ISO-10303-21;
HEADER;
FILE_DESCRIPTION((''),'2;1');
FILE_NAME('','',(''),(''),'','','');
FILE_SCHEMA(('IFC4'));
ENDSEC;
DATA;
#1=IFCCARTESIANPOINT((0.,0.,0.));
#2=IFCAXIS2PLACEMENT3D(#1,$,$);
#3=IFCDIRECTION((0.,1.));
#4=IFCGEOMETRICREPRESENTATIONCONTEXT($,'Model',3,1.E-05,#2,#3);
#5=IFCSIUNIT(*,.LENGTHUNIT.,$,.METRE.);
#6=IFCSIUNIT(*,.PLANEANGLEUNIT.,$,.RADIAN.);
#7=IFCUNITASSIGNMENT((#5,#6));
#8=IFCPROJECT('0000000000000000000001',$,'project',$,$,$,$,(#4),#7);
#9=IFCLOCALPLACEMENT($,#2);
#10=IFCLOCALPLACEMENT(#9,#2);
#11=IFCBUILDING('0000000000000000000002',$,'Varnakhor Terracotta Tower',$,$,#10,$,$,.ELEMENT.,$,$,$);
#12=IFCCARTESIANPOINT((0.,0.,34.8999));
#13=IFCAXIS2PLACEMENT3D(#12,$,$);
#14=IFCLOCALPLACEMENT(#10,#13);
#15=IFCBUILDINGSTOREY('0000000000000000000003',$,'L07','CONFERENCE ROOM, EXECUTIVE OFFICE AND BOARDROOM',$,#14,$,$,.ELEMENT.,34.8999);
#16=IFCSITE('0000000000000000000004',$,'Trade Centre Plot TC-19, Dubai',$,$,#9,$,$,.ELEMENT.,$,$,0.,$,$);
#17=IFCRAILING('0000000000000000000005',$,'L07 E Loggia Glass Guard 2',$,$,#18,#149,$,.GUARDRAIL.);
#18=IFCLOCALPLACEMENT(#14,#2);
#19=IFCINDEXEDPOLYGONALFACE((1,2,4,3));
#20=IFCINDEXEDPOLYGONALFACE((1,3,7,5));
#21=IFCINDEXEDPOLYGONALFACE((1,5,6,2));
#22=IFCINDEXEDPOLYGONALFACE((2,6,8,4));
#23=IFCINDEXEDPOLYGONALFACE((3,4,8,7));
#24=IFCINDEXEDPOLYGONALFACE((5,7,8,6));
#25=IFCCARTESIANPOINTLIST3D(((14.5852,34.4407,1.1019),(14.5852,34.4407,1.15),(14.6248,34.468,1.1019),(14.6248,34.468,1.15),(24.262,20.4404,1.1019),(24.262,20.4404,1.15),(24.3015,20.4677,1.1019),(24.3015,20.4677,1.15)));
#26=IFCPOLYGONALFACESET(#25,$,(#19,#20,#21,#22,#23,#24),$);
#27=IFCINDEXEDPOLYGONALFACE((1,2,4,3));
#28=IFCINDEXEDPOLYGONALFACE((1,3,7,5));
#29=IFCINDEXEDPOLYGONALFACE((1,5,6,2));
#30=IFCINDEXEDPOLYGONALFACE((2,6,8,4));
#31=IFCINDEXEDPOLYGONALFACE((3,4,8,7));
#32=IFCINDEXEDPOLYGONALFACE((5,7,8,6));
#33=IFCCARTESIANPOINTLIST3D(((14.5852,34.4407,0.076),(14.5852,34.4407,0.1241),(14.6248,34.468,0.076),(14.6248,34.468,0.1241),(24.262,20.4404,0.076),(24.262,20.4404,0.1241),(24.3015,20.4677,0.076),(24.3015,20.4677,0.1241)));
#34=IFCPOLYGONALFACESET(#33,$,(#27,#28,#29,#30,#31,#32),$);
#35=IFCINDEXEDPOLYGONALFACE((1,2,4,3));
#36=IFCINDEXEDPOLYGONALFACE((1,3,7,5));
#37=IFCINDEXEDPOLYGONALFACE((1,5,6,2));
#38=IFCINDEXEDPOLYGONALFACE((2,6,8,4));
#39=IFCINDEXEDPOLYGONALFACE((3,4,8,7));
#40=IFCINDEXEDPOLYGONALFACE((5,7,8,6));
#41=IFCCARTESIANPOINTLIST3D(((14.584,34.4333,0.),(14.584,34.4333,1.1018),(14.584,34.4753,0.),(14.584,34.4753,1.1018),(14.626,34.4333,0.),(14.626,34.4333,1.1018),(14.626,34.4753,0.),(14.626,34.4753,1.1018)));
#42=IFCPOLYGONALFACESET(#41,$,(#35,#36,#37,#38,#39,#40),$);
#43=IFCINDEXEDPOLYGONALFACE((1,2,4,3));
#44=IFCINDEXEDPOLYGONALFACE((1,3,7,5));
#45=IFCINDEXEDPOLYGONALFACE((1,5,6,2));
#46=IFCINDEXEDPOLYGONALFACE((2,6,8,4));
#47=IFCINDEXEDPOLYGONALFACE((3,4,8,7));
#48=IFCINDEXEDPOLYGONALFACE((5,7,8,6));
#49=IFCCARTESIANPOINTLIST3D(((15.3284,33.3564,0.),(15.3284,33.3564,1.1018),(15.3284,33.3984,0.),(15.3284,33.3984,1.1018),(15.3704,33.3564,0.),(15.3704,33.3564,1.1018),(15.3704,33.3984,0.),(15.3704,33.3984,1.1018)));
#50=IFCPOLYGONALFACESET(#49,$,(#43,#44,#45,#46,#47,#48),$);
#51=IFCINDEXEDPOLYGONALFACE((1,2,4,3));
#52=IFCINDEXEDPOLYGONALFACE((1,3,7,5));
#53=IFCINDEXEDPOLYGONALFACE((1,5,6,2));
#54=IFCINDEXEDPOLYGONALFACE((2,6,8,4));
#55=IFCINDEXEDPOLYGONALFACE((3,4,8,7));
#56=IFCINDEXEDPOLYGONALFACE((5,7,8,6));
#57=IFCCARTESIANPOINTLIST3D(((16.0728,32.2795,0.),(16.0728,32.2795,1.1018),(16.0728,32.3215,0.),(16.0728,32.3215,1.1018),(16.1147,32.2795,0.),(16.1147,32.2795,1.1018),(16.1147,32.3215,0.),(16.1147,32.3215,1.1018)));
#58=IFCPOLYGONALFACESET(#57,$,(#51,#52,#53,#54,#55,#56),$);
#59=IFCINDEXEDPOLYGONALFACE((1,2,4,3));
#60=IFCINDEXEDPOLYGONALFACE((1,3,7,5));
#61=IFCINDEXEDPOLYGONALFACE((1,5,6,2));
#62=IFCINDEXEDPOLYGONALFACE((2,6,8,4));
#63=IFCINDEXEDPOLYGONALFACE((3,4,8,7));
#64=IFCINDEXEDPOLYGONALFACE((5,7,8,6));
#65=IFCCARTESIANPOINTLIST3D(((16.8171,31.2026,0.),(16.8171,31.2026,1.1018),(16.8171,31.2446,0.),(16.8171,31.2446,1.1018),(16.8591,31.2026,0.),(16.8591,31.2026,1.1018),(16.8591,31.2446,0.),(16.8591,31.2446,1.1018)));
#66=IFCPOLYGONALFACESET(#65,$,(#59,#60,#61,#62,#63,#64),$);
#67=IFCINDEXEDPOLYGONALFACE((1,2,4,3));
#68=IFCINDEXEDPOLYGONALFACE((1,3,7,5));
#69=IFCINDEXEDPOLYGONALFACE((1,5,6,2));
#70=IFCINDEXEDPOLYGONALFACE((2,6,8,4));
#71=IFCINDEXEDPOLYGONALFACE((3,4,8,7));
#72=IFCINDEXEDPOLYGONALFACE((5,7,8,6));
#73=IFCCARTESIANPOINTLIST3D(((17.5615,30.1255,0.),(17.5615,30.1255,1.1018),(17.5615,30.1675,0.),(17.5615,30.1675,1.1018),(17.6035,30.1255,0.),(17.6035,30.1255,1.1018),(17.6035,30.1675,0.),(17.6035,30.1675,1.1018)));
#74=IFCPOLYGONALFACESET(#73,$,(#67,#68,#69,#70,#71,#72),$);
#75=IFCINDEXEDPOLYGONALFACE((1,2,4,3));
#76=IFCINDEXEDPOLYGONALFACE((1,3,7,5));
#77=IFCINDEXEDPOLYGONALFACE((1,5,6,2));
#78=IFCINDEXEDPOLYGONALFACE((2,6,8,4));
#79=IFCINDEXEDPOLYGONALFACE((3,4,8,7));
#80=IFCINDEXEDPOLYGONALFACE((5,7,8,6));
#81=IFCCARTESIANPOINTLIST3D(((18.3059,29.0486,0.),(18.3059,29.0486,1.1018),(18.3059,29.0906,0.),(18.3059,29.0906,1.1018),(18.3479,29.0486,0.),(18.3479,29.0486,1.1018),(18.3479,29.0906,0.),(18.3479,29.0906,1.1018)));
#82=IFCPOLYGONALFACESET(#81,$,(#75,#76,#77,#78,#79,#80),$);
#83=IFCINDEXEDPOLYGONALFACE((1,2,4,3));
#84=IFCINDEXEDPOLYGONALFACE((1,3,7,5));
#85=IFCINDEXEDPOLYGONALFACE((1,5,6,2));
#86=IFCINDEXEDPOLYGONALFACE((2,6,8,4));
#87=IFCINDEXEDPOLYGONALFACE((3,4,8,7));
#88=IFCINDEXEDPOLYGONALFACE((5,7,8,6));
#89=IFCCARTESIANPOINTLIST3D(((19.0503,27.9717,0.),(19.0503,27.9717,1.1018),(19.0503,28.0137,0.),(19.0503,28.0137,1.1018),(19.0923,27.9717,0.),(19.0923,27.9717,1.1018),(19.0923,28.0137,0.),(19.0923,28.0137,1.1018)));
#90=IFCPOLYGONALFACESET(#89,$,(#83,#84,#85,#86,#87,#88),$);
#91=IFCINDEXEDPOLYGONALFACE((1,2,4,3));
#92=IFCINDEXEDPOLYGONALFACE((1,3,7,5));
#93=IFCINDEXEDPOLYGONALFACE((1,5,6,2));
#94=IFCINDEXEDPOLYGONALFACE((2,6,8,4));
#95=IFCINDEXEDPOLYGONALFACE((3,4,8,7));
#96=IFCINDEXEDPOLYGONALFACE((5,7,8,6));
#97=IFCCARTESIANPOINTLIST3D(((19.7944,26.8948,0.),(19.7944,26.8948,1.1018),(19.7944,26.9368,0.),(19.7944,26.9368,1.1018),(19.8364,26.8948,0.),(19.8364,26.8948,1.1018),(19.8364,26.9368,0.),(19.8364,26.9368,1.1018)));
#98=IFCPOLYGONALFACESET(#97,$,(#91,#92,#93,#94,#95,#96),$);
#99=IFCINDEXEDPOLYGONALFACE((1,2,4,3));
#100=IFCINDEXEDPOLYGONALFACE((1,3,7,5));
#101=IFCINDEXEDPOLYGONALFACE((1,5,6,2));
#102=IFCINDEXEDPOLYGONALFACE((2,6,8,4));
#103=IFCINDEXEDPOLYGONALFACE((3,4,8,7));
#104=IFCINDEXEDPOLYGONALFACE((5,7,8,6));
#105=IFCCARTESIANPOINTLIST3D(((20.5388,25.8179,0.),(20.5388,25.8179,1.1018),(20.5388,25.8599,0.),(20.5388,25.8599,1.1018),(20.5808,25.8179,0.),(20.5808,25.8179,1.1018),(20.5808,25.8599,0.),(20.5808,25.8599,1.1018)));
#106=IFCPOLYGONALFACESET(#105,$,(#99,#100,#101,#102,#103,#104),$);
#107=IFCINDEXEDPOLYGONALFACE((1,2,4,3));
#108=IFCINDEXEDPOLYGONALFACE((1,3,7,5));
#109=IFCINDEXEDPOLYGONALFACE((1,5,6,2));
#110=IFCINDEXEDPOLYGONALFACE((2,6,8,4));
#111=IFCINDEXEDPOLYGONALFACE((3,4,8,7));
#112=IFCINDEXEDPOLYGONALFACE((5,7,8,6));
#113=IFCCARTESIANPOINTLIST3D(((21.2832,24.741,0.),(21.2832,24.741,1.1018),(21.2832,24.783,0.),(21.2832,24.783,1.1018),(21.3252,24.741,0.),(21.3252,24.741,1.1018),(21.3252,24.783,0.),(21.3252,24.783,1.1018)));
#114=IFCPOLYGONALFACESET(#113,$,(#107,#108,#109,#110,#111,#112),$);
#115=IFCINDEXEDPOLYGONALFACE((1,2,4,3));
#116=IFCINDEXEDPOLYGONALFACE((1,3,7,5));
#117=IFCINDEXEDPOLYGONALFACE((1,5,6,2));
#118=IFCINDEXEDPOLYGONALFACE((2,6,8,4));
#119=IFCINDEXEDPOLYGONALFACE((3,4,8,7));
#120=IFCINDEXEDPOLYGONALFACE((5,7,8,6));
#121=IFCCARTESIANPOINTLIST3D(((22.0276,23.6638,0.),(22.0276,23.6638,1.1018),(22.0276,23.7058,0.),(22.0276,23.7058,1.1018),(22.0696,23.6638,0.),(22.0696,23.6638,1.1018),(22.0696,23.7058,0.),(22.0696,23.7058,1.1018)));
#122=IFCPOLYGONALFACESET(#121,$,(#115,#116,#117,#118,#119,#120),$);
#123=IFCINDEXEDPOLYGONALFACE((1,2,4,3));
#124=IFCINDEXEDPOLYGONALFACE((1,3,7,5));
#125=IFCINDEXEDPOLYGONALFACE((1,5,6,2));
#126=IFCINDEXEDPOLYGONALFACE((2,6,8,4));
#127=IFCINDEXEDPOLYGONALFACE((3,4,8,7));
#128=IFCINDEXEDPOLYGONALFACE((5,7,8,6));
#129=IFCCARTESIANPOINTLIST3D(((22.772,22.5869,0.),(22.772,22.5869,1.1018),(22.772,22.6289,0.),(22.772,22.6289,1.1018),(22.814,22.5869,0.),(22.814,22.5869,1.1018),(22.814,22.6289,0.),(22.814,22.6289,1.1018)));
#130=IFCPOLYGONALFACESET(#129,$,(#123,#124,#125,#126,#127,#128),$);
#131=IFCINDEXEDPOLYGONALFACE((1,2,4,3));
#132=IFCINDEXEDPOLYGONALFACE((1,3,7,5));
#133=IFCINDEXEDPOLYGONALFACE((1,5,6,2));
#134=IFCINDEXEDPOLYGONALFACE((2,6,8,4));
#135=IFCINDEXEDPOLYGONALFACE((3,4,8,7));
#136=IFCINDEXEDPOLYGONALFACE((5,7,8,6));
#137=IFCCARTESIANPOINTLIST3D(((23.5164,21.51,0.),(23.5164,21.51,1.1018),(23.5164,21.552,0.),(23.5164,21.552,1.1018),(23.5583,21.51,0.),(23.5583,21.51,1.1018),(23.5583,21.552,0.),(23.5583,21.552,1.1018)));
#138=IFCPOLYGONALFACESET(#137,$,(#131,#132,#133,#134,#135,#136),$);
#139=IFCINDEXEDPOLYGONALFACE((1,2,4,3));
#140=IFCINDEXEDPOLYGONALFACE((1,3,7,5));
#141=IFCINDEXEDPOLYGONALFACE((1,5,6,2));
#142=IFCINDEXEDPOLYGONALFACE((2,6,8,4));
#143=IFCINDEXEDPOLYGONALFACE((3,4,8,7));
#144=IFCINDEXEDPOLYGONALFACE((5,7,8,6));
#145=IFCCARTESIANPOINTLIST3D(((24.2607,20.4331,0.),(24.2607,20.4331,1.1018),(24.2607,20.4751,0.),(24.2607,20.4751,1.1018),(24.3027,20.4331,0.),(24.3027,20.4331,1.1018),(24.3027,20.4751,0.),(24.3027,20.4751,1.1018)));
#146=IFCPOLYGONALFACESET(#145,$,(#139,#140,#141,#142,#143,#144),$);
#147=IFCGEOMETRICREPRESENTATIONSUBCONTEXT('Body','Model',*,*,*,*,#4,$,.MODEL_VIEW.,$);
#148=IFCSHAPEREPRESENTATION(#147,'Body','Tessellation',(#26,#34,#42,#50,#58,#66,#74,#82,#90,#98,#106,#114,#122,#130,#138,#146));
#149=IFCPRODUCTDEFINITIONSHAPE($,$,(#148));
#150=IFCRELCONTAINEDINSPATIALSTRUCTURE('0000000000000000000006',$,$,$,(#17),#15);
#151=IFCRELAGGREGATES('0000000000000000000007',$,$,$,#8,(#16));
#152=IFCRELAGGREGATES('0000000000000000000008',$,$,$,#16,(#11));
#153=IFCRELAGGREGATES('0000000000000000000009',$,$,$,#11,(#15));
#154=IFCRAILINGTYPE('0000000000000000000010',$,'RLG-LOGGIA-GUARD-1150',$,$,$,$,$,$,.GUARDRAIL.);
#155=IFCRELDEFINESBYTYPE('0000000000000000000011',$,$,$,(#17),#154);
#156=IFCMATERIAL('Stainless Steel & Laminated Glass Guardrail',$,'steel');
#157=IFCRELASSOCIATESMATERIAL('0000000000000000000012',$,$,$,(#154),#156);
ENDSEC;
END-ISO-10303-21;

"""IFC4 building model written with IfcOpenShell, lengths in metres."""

from ifc_helpers import new_model, si_unit, direction, frame, origin, origin_2d, place, context, subcontext, project, spatial, rectangle, extrude, material, type_object, element, save


model = new_model("IFC4")

# Units and contexts
model_context = context("Model", 3, precision=1e-05, world=origin(), true_north=direction((0.0, 1.0)))
body_context = subcontext(model_context, "Body", "Model", "MODEL_VIEW")
ifc_project = project(units=[si_unit("LENGTHUNIT", "METRE"), si_unit("PLANEANGLEUNIT", "RADIAN")], contexts=[model_context])

# Site, building, storey
site_placement = place(None, origin())
site = spatial("IfcSite", under=ifc_project, at=site_placement, Name="Trade Centre Plot TC-19, Dubai", CompositionType="ELEMENT", RefElevation=0.0)
building_placement = place(site_placement, origin())
building = spatial("IfcBuilding", under=site, at=building_placement, Name="Varnakhor Terracotta Tower", CompositionType="ELEMENT")
storey_placement = place(building_placement, frame((0.0, 0.0, 34.8999)))
storey = spatial("IfcBuildingStorey", under=building, at=storey_placement, Name="L07", Description="CONFERENCE ROOM, EXECUTIVE OFFICE AND BOARDROOM", CompositionType="ELEMENT", Elevation=34.8999)

# Railing
ifc_material_1 = material(Name="Stainless Steel & Laminated Glass Guardrail", Category="steel")
railing_type = type_object("IfcRailingType", Name="RLG-LOGGIA-GUARD-1150", PredefinedType="GUARDRAIL", material=ifc_material_1)
railing_1_placement = place(storey_placement, frame((14.605, 34.4543, 0.0)))
element("IfcRailing", 1, at=railing_1_placement, inside=storey, type_object=railing_type, Name="L07 E Loggia Glass Guard 2", PredefinedType="GUARDRAIL", context=body_context, shape_type="SweptSolid", body=[
    extrude(rectangle(XDim=0.0481, YDim=0.0481, at=origin_2d()), frame((0.0, 0.0, 1.126), z_axis=(0.568585, -0.822624, 0.0), x_axis=(0.822624, 0.568585, 0.0)), (0.0, 0.0, 1.0), 17.019),
    extrude(rectangle(XDim=0.0481, YDim=0.0481, at=origin_2d()), frame((0.0, 0.0, 0.1001), z_axis=(0.568585, -0.822624, 0.0), x_axis=(0.822624, 0.568585, 0.0)), (0.0, 0.0, 1.0), 17.019),
    extrude(rectangle(XDim=0.042, YDim=0.042, at=origin_2d()), origin(), (0.0, 0.0, 1.0), 1.1018),
    extrude(rectangle(XDim=0.042, YDim=0.042, at=origin_2d()), frame((0.7444, -1.0769, 0.0)), (0.0, 0.0, 1.0), 1.1018),
    extrude(rectangle(XDim=0.042, YDim=0.042, at=origin_2d()), frame((1.4888, -2.1538, 0.0)), (0.0, 0.0, 1.0), 1.1018),
    extrude(rectangle(XDim=0.042, YDim=0.042, at=origin_2d()), frame((2.2332, -3.2307, 0.0)), (0.0, 0.0, 1.0), 1.1018),
    extrude(rectangle(XDim=0.042, YDim=0.042, at=origin_2d()), frame((2.9775, -4.3079, 0.0)), (0.0, 0.0, 1.0), 1.1018),
    extrude(rectangle(XDim=0.042, YDim=0.042, at=origin_2d()), frame((3.7219, -5.3848, 0.0)), (0.0, 0.0, 1.0), 1.1018),
    extrude(rectangle(XDim=0.042, YDim=0.042, at=origin_2d()), frame((4.4663, -6.4617, 0.0)), (0.0, 0.0, 1.0), 1.1018),
    extrude(rectangle(XDim=0.042, YDim=0.042, at=origin_2d()), frame((5.2104, -7.5386, 0.0)), (0.0, 0.0, 1.0), 1.1018),
    extrude(rectangle(XDim=0.042, YDim=0.042, at=origin_2d()), frame((5.9548, -8.6155, 0.0)), (0.0, 0.0, 1.0), 1.1018),
    extrude(rectangle(XDim=0.042, YDim=0.042, at=origin_2d()), frame((6.6992, -9.6924, 0.0)), (0.0, 0.0, 1.0), 1.1018),
    extrude(rectangle(XDim=0.042, YDim=0.042, at=origin_2d()), frame((7.4436, -10.7695, 0.0)), (0.0, 0.0, 1.0), 1.1018),
    extrude(rectangle(XDim=0.042, YDim=0.042, at=origin_2d()), frame((8.188, -11.8464, 0.0)), (0.0, 0.0, 1.0), 1.1018),
    extrude(rectangle(XDim=0.042, YDim=0.042, at=origin_2d()), frame((8.9324, -12.9233, 0.0)), (0.0, 0.0, 1.0), 1.1018),
    extrude(rectangle(XDim=0.042, YDim=0.042, at=origin_2d()), frame((9.6768, -14.0002, 0.0)), (0.0, 0.0, 1.0), 1.1018),
])

save(model, "model.ifc")
